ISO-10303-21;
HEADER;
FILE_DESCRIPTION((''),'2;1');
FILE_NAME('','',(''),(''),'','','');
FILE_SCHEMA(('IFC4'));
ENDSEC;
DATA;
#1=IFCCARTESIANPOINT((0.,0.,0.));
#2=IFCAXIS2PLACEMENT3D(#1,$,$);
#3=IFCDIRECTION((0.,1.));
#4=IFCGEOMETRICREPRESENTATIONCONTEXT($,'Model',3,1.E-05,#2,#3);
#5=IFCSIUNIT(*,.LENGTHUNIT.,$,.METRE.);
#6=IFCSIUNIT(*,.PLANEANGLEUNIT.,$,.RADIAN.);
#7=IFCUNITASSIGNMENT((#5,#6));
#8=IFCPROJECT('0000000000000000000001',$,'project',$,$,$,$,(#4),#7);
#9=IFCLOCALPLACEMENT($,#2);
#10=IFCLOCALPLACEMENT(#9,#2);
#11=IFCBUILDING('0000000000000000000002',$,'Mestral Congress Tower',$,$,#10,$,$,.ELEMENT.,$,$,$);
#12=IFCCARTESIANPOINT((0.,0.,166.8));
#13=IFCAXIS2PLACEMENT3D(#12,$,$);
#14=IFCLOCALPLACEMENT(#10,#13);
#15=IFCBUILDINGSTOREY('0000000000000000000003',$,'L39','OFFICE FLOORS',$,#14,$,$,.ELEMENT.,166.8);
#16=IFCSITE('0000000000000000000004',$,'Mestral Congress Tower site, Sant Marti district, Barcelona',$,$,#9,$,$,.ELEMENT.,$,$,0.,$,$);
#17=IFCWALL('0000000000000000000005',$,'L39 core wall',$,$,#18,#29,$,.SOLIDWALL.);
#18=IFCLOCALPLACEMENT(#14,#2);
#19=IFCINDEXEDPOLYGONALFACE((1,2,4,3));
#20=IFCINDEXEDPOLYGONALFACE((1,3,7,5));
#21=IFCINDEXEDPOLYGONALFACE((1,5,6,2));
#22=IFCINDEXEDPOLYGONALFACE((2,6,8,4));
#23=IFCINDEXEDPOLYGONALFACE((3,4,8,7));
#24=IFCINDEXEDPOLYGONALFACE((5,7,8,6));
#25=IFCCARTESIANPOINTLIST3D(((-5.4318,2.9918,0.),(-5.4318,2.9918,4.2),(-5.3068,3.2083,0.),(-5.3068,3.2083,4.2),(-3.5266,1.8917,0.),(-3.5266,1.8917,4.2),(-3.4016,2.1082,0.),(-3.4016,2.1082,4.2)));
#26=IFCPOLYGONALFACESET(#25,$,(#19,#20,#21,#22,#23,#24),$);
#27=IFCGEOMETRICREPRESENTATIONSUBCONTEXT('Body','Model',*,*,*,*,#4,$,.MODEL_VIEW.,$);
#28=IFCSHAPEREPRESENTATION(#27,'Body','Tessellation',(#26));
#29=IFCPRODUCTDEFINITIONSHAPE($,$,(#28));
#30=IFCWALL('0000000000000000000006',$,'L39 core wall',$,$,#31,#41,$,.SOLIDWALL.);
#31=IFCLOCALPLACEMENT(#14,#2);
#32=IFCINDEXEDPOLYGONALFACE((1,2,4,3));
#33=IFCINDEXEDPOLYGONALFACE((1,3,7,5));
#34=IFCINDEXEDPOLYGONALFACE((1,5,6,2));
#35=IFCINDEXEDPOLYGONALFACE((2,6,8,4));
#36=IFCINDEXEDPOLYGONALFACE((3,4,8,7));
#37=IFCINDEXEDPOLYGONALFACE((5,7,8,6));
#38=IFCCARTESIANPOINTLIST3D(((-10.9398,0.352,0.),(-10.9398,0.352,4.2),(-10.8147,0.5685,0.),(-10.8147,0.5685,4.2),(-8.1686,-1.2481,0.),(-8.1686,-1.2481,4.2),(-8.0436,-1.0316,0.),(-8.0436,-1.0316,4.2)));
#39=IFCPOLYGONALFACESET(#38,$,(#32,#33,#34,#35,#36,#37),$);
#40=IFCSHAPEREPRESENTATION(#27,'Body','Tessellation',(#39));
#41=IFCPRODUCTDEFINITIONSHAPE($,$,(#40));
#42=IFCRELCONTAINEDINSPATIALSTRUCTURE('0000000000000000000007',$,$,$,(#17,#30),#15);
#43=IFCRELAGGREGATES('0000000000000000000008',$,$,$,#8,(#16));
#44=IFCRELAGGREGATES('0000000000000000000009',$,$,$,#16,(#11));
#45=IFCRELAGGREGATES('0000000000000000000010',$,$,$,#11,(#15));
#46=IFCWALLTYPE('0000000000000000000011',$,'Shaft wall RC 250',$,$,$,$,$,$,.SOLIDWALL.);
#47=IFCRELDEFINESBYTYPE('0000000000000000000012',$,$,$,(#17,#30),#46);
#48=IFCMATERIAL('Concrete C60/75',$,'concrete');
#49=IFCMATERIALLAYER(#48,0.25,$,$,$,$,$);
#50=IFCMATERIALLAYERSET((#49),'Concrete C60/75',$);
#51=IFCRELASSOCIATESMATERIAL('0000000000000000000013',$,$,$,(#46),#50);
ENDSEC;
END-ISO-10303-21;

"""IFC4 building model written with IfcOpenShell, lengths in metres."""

from ifc_helpers import new_model, si_unit, direction, frame, frame_2d, origin, place, context, subcontext, project, spatial, rectangle, extrude, material, layer, layer_set, type_object, element, save


model = new_model("IFC4")

# Units and contexts
model_context = context("Model", 3, precision=1e-05, world=origin(), true_north=direction((0.0, 1.0)))
body_context = subcontext(model_context, "Body", "Model", "MODEL_VIEW")
ifc_project = project(units=[si_unit("LENGTHUNIT", "METRE"), si_unit("PLANEANGLEUNIT", "RADIAN")], contexts=[model_context])

# Site, building, storey
site_placement = place(None, origin())
site = spatial("IfcSite", under=ifc_project, at=site_placement, Name="Mestral Congress Tower site, Sant Marti district, Barcelona", CompositionType="ELEMENT", RefElevation=0.0)
building_placement = place(site_placement, origin())
building = spatial("IfcBuilding", under=site, at=building_placement, Name="Mestral Congress Tower", CompositionType="ELEMENT")
storey_placement = place(building_placement, frame((0.0, 0.0, 166.8)))
storey = spatial("IfcBuildingStorey", under=building, at=storey_placement, Name="L39", Description="OFFICE FLOORS", CompositionType="ELEMENT", Elevation=166.8)

# Shared definitions
ifc_material_1 = material(Name="Concrete C60/75", Category="concrete")

# Walls
ifc_layer_1 = layer(ifc_material_1, 0.25)
ifc_layer_set_1 = layer_set([ifc_layer_1], Name="Concrete C60/75")
wall_type_1 = type_object("IfcWallType", Name="Shaft wall RC 250", PredefinedType="SOLIDWALL", material=ifc_layer_set_1)
wall_1_placement = place(storey_placement, frame((-5.3694, 3.1001, 0.0), z_axis=(0.0, 0.0, 1.0), x_axis=(0.866008, -0.50003, 0.0)))
element("IfcWall", 1, at=wall_1_placement, inside=storey, type_object=wall_type_1, Name="L39 core wall", PredefinedType="SOLIDWALL", context=body_context, shape_type="SweptSolid", body=[
    extrude(rectangle(XDim=2.2, YDim=0.25, at=frame_2d((1.1001, 0.0))), origin(), (0.0, 0.0, 1.0), 4.2),
])
wall_2_placement = place(storey_placement, frame((-8.106, -1.1399, 0.0), z_axis=(0.0, 0.0, 1.0), x_axis=(-0.866009, 0.500028, 0.0)))
element("IfcWall", 2, at=wall_2_placement, inside=storey, type_object=wall_type_1, Name="L39 core wall", PredefinedType="SOLIDWALL", context=body_context, shape_type="SweptSolid", body=[
    extrude(rectangle(XDim=3.2, YDim=0.25, at=frame_2d((1.6001, 0.0))), origin(), (0.0, 0.0, 1.0), 4.2),
])

save(model, "model.ifc")
